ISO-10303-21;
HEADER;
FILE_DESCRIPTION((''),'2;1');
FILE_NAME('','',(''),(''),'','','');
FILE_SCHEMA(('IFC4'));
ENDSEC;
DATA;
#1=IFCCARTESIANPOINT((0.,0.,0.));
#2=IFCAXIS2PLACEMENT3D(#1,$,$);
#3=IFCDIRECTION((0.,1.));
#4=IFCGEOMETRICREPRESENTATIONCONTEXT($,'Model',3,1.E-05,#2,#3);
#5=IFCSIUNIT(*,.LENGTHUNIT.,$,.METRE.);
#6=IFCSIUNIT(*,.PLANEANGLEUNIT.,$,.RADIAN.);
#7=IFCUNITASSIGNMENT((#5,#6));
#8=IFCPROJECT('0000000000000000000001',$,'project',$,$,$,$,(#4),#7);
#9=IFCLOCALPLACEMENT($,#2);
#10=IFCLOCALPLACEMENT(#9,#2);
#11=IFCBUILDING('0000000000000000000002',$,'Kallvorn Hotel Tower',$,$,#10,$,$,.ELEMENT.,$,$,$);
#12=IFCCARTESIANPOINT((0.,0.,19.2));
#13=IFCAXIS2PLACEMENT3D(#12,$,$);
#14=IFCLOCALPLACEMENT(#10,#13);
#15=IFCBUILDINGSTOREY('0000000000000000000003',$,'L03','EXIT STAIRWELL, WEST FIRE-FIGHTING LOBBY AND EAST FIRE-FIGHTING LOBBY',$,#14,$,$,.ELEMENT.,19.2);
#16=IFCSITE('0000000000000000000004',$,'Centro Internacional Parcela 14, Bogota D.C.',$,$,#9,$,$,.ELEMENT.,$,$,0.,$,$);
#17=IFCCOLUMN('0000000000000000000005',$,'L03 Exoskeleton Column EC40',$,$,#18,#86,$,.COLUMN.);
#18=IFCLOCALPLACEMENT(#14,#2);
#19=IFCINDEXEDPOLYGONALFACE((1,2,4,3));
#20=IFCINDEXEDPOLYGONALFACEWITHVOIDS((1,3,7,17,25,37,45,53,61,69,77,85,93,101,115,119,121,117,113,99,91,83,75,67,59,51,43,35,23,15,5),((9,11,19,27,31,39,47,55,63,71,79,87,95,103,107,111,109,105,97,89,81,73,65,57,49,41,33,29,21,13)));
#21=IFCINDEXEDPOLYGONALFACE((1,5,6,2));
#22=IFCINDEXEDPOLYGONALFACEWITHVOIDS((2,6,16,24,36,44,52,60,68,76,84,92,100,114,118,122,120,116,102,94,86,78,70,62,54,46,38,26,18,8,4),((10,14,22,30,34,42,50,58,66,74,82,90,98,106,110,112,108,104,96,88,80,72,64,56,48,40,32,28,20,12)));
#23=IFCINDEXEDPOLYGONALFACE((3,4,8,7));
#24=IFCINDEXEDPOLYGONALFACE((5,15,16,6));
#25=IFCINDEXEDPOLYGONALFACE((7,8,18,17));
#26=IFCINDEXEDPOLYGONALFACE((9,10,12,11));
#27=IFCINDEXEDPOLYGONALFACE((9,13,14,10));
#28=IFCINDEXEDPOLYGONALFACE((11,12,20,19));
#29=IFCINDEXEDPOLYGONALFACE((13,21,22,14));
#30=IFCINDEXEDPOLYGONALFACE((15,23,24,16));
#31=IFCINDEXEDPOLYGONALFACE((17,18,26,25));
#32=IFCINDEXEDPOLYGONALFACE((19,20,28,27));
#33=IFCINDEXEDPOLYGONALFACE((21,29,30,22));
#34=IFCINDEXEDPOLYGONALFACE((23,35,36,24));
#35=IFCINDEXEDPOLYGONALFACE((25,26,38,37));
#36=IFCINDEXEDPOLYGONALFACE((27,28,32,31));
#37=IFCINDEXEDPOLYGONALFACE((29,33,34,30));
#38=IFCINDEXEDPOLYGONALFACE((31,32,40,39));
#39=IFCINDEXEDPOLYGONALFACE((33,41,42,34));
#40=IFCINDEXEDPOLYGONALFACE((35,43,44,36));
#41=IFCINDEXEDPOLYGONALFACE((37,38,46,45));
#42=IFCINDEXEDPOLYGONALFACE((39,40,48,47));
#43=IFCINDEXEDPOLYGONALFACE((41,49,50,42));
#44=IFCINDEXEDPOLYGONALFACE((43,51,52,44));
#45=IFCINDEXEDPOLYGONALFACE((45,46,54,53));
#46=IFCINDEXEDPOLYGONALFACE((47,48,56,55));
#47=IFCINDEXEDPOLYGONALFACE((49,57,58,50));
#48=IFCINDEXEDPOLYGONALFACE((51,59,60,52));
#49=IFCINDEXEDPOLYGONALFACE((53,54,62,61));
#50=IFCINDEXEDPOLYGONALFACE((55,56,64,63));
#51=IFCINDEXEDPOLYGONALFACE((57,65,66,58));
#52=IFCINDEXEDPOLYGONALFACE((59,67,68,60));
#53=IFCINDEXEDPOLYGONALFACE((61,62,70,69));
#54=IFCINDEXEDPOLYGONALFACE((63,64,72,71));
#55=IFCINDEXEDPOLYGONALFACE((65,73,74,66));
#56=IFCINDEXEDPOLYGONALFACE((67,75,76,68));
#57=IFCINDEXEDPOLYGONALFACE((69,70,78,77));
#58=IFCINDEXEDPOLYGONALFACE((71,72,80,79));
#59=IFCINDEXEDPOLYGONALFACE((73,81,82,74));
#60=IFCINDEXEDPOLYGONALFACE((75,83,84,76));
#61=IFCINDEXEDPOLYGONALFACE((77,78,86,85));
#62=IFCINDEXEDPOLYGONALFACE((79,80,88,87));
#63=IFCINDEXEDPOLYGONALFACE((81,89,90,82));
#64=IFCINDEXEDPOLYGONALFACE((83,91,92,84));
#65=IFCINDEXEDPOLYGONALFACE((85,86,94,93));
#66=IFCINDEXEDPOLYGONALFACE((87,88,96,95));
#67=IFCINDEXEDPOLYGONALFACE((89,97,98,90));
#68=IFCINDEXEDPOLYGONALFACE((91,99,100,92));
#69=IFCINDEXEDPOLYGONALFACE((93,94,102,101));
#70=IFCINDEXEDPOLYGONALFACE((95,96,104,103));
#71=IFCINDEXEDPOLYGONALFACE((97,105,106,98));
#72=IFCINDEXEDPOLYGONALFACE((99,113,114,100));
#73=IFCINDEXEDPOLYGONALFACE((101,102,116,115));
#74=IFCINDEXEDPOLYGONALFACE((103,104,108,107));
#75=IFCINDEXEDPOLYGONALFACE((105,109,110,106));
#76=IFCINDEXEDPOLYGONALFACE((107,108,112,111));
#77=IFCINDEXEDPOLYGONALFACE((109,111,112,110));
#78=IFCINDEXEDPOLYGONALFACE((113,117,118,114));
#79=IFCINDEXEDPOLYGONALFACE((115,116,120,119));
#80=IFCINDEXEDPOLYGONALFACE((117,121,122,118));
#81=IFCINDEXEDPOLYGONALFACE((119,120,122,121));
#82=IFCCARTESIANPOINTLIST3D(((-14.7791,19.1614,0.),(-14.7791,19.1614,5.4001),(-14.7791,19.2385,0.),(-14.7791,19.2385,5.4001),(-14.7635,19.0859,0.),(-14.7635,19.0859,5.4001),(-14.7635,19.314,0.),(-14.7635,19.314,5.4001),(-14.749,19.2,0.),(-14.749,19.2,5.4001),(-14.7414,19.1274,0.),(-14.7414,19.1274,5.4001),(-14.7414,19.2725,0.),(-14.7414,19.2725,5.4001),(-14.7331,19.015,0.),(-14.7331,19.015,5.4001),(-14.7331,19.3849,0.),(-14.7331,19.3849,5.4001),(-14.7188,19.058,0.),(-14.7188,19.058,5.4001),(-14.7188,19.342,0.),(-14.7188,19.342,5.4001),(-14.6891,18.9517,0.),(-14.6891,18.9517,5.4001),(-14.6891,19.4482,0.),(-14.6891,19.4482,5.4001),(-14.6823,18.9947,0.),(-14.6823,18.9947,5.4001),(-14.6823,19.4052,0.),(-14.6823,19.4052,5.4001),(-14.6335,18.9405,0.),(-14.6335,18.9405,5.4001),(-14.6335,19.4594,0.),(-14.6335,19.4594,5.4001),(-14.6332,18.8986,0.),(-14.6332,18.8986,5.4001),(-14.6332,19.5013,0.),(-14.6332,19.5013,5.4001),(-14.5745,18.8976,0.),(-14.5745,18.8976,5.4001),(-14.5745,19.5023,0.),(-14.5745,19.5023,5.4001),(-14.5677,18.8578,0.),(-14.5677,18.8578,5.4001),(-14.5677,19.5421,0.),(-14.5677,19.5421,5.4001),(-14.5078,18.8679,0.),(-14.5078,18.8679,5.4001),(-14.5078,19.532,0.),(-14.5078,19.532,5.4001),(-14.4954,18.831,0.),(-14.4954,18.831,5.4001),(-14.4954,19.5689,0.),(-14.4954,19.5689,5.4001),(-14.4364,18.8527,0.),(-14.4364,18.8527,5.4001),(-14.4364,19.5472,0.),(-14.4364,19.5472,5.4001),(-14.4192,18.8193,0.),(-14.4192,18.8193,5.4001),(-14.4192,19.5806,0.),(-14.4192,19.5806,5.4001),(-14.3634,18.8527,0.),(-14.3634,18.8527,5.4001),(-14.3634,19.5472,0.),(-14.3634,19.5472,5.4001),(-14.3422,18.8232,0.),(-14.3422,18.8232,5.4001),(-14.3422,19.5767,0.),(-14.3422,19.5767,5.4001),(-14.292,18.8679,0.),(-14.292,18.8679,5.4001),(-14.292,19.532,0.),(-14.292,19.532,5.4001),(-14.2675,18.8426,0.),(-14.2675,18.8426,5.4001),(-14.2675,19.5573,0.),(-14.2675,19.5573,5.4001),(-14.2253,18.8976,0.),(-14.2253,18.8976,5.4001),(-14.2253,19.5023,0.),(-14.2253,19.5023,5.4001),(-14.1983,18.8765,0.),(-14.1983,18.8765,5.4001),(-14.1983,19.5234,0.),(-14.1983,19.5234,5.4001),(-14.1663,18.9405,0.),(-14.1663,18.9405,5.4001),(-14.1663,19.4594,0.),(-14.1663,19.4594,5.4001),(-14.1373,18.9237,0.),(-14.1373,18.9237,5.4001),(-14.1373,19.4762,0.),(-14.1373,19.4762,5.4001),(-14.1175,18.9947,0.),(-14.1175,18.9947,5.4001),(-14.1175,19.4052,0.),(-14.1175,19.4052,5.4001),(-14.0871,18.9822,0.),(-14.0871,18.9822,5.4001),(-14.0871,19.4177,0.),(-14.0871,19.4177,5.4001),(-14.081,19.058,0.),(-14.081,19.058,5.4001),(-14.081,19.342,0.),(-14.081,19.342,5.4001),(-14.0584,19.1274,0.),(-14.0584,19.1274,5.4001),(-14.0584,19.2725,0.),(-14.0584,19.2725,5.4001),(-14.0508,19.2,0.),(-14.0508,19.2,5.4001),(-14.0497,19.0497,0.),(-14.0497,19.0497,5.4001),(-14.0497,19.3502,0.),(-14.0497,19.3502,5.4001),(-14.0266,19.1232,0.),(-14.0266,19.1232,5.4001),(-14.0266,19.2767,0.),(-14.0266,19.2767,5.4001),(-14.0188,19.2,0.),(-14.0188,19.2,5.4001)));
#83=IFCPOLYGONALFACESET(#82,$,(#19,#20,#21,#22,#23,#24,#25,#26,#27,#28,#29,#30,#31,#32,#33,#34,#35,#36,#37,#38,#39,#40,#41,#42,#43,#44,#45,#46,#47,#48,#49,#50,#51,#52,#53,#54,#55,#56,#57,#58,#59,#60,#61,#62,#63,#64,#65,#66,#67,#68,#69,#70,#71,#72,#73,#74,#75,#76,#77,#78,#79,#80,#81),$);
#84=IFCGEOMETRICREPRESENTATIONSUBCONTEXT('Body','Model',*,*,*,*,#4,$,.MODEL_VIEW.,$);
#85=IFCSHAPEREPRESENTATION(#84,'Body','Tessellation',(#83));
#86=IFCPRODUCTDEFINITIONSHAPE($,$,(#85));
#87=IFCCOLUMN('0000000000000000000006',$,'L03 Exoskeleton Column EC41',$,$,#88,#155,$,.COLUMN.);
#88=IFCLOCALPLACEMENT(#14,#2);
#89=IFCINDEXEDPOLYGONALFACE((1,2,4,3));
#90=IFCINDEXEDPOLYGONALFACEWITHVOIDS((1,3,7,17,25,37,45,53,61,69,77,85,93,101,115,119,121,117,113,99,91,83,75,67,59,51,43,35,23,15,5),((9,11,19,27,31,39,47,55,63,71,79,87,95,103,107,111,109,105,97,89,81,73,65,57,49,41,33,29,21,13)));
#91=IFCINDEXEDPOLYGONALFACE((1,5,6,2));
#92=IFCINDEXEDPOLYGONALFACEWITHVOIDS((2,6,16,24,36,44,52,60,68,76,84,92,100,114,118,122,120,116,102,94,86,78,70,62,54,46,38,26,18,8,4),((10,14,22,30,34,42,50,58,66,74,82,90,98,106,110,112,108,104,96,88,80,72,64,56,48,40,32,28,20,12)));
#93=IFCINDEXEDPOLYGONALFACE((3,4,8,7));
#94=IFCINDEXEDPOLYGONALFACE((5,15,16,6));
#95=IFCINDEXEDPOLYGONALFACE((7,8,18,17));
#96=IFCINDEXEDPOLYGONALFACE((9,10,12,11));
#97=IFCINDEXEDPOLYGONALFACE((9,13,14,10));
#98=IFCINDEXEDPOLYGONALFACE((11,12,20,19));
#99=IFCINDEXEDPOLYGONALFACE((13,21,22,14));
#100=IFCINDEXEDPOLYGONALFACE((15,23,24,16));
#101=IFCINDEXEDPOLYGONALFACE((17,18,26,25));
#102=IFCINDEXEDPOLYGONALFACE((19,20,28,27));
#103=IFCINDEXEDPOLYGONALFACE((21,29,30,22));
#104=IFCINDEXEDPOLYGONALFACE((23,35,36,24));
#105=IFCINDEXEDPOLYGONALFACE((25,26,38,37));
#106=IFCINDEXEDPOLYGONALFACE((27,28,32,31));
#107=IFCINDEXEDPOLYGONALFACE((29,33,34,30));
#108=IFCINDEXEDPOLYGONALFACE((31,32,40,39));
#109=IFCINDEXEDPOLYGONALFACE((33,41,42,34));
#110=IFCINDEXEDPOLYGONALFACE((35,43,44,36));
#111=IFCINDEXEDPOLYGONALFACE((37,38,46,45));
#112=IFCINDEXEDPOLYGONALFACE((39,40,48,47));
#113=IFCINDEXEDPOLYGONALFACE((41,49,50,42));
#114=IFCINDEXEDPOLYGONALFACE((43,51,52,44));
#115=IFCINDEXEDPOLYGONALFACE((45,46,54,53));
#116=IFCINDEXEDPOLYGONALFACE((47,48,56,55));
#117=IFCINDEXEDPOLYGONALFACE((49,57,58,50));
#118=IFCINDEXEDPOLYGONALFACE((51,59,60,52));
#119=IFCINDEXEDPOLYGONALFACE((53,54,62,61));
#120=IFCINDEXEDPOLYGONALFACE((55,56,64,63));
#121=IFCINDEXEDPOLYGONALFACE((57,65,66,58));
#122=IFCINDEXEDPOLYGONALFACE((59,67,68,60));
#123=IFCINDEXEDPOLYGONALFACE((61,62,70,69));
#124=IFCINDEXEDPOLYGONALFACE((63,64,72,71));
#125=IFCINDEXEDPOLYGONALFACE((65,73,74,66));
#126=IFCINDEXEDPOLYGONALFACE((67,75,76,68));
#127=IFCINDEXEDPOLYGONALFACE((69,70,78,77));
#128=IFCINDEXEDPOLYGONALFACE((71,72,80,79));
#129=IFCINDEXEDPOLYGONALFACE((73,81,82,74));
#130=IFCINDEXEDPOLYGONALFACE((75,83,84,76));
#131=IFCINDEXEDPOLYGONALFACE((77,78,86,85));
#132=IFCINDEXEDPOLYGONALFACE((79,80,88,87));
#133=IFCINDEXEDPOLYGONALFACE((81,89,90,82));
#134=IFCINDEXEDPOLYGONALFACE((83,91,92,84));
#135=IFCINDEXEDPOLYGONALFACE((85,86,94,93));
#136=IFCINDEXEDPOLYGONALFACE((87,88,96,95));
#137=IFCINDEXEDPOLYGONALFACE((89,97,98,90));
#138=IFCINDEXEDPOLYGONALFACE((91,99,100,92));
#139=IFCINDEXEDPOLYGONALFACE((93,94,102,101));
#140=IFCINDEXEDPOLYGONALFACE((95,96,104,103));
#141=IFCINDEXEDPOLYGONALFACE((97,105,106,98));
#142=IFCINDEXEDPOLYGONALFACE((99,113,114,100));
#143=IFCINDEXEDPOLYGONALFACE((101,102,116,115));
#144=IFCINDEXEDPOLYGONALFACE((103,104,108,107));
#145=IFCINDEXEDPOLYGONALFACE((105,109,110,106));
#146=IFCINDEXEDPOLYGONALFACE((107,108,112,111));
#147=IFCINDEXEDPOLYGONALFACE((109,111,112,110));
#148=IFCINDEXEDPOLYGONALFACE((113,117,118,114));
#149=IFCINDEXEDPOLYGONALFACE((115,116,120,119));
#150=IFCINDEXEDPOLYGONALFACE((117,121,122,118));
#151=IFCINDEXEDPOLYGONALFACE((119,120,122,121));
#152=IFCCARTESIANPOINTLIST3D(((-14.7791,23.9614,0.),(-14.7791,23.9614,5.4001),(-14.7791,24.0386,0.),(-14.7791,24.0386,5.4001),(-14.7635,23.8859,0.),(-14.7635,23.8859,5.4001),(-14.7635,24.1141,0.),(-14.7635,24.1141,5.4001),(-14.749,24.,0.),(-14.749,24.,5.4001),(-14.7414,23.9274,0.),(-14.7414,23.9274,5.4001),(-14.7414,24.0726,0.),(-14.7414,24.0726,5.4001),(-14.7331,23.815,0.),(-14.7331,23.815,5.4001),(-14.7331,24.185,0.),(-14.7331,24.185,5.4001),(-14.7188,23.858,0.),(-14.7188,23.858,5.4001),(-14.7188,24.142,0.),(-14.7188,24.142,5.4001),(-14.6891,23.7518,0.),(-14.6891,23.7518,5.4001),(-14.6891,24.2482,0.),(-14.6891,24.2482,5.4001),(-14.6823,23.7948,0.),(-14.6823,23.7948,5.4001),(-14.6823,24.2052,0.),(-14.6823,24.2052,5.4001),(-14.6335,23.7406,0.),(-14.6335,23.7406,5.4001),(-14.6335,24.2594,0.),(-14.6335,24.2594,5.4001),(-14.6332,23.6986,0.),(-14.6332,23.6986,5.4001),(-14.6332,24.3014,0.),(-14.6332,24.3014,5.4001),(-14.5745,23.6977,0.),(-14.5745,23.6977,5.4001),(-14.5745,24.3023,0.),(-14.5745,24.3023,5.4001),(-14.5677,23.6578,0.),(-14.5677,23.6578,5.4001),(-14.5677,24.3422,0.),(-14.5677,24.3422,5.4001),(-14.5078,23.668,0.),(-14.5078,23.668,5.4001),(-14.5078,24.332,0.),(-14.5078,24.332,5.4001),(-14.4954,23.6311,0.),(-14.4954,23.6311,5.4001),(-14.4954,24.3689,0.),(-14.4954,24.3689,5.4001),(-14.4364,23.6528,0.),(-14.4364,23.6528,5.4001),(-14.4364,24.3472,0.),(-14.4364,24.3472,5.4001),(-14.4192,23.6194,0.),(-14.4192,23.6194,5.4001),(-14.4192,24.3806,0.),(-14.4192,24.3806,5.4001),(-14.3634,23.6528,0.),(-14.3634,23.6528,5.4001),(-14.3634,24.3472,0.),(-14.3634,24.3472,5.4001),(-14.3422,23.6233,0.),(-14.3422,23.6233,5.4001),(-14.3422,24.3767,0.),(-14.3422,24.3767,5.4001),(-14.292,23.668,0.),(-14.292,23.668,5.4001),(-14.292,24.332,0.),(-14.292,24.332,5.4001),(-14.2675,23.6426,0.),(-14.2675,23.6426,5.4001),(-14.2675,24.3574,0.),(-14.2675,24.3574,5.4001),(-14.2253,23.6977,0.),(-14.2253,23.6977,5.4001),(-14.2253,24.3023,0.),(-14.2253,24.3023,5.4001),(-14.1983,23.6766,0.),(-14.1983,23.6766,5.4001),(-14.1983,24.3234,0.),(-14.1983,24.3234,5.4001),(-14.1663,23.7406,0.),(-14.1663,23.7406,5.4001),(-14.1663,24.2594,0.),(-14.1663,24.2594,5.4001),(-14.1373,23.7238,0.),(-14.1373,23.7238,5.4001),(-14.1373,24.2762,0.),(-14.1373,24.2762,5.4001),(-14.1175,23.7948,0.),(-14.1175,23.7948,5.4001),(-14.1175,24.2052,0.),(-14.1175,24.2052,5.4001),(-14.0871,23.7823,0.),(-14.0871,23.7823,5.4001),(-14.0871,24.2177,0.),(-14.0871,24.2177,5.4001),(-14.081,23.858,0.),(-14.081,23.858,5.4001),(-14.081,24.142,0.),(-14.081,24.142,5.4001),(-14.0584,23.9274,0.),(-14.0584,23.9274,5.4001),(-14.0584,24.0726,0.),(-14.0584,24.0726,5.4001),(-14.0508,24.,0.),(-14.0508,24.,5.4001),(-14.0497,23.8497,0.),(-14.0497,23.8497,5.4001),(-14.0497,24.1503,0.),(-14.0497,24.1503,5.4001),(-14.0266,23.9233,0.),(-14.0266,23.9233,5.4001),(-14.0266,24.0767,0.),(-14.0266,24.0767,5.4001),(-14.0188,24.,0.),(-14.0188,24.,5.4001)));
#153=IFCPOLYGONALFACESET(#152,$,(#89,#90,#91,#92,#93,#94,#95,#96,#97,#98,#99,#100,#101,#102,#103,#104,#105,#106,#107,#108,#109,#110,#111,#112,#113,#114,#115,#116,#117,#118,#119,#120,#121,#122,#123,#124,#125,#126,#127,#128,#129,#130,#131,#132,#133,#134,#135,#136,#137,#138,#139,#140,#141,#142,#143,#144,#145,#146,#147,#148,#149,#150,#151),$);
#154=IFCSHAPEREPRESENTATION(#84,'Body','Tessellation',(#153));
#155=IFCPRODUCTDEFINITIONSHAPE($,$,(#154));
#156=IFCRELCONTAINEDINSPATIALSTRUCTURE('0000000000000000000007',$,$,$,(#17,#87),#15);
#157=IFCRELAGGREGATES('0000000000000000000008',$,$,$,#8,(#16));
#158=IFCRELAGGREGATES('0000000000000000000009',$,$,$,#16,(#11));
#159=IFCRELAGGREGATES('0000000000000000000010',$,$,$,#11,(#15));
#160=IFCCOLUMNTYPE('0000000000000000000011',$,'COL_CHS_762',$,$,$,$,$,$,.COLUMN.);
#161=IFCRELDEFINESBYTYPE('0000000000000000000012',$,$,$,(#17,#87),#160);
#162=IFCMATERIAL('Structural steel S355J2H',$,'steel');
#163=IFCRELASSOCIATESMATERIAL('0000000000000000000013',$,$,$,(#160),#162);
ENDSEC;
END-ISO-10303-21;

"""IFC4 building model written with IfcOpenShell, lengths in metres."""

from ifc_helpers import new_model, si_unit, direction, frame, origin, origin_2d, place, context, subcontext, project, spatial, hollow_circle, extrude, material, material_profile, profile_set, type_object, element, save


model = new_model("IFC4")

# Units and contexts
model_context = context("Model", 3, precision=1e-05, world=origin(), true_north=direction((0.0, 1.0)))
body_context = subcontext(model_context, "Body", "Model", "MODEL_VIEW")
ifc_project = project(units=[si_unit("LENGTHUNIT", "METRE"), si_unit("PLANEANGLEUNIT", "RADIAN")], contexts=[model_context])

# Site, building, storey
site_placement = place(None, origin())
site = spatial("IfcSite", under=ifc_project, at=site_placement, Name="Centro Internacional Parcela 14, Bogota D.C.", CompositionType="ELEMENT", RefElevation=0.0)
building_placement = place(site_placement, origin())
building = spatial("IfcBuilding", under=site, at=building_placement, Name="Kallvorn Hotel Tower", CompositionType="ELEMENT")
storey_placement = place(building_placement, frame((0.0, 0.0, 19.2)))
storey = spatial("IfcBuildingStorey", under=building, at=storey_placement, Name="L03", Description="EXIT STAIRWELL, WEST FIRE-FIGHTING LOBBY AND EAST FIRE-FIGHTING LOBBY", CompositionType="ELEMENT", Elevation=19.2)

# Columns
ifc_material_1 = material(Name="Structural steel S355J2H", Category="steel")
ifc_material_profile_1 = material_profile(ifc_material_1, hollow_circle(Radius=0.3811, WallThickness=0.032, at=origin_2d()), Name="CHS 762x32")
ifc_profile_set_1 = profile_set([ifc_material_profile_1], Name="Structural steel S355J2H")
column_type_1 = type_object("IfcColumnType", Name="COL_CHS_762", PredefinedType="COLUMN", material=ifc_profile_set_1)
for number, where, z_axis, x_axis, name in (
    (1, (-14.3999, 19.2, 0.0), (0.0, 0.0, 1.0), (1.0, 0.0, 0.0), "L03 Exoskeleton Column EC40"),
    (2, (-14.3999, 24.0, 0.0), (0.0, 0.0, 1.0), (1.0, 0.0, 0.0), "L03 Exoskeleton Column EC41"),
):
    element("IfcColumn", number, at=place(storey_placement, frame(where, z_axis=z_axis, x_axis=x_axis)), inside=storey, type_object=column_type_1, Name=name, PredefinedType="COLUMN", context=body_context, shape_type="SweptSolid", body=[
        extrude(hollow_circle(Radius=0.3811, WallThickness=0.032, at=origin_2d()), origin(), (0.0, 0.0, 1.0), 5.4001),
    ])

save(model, "model.ifc")
